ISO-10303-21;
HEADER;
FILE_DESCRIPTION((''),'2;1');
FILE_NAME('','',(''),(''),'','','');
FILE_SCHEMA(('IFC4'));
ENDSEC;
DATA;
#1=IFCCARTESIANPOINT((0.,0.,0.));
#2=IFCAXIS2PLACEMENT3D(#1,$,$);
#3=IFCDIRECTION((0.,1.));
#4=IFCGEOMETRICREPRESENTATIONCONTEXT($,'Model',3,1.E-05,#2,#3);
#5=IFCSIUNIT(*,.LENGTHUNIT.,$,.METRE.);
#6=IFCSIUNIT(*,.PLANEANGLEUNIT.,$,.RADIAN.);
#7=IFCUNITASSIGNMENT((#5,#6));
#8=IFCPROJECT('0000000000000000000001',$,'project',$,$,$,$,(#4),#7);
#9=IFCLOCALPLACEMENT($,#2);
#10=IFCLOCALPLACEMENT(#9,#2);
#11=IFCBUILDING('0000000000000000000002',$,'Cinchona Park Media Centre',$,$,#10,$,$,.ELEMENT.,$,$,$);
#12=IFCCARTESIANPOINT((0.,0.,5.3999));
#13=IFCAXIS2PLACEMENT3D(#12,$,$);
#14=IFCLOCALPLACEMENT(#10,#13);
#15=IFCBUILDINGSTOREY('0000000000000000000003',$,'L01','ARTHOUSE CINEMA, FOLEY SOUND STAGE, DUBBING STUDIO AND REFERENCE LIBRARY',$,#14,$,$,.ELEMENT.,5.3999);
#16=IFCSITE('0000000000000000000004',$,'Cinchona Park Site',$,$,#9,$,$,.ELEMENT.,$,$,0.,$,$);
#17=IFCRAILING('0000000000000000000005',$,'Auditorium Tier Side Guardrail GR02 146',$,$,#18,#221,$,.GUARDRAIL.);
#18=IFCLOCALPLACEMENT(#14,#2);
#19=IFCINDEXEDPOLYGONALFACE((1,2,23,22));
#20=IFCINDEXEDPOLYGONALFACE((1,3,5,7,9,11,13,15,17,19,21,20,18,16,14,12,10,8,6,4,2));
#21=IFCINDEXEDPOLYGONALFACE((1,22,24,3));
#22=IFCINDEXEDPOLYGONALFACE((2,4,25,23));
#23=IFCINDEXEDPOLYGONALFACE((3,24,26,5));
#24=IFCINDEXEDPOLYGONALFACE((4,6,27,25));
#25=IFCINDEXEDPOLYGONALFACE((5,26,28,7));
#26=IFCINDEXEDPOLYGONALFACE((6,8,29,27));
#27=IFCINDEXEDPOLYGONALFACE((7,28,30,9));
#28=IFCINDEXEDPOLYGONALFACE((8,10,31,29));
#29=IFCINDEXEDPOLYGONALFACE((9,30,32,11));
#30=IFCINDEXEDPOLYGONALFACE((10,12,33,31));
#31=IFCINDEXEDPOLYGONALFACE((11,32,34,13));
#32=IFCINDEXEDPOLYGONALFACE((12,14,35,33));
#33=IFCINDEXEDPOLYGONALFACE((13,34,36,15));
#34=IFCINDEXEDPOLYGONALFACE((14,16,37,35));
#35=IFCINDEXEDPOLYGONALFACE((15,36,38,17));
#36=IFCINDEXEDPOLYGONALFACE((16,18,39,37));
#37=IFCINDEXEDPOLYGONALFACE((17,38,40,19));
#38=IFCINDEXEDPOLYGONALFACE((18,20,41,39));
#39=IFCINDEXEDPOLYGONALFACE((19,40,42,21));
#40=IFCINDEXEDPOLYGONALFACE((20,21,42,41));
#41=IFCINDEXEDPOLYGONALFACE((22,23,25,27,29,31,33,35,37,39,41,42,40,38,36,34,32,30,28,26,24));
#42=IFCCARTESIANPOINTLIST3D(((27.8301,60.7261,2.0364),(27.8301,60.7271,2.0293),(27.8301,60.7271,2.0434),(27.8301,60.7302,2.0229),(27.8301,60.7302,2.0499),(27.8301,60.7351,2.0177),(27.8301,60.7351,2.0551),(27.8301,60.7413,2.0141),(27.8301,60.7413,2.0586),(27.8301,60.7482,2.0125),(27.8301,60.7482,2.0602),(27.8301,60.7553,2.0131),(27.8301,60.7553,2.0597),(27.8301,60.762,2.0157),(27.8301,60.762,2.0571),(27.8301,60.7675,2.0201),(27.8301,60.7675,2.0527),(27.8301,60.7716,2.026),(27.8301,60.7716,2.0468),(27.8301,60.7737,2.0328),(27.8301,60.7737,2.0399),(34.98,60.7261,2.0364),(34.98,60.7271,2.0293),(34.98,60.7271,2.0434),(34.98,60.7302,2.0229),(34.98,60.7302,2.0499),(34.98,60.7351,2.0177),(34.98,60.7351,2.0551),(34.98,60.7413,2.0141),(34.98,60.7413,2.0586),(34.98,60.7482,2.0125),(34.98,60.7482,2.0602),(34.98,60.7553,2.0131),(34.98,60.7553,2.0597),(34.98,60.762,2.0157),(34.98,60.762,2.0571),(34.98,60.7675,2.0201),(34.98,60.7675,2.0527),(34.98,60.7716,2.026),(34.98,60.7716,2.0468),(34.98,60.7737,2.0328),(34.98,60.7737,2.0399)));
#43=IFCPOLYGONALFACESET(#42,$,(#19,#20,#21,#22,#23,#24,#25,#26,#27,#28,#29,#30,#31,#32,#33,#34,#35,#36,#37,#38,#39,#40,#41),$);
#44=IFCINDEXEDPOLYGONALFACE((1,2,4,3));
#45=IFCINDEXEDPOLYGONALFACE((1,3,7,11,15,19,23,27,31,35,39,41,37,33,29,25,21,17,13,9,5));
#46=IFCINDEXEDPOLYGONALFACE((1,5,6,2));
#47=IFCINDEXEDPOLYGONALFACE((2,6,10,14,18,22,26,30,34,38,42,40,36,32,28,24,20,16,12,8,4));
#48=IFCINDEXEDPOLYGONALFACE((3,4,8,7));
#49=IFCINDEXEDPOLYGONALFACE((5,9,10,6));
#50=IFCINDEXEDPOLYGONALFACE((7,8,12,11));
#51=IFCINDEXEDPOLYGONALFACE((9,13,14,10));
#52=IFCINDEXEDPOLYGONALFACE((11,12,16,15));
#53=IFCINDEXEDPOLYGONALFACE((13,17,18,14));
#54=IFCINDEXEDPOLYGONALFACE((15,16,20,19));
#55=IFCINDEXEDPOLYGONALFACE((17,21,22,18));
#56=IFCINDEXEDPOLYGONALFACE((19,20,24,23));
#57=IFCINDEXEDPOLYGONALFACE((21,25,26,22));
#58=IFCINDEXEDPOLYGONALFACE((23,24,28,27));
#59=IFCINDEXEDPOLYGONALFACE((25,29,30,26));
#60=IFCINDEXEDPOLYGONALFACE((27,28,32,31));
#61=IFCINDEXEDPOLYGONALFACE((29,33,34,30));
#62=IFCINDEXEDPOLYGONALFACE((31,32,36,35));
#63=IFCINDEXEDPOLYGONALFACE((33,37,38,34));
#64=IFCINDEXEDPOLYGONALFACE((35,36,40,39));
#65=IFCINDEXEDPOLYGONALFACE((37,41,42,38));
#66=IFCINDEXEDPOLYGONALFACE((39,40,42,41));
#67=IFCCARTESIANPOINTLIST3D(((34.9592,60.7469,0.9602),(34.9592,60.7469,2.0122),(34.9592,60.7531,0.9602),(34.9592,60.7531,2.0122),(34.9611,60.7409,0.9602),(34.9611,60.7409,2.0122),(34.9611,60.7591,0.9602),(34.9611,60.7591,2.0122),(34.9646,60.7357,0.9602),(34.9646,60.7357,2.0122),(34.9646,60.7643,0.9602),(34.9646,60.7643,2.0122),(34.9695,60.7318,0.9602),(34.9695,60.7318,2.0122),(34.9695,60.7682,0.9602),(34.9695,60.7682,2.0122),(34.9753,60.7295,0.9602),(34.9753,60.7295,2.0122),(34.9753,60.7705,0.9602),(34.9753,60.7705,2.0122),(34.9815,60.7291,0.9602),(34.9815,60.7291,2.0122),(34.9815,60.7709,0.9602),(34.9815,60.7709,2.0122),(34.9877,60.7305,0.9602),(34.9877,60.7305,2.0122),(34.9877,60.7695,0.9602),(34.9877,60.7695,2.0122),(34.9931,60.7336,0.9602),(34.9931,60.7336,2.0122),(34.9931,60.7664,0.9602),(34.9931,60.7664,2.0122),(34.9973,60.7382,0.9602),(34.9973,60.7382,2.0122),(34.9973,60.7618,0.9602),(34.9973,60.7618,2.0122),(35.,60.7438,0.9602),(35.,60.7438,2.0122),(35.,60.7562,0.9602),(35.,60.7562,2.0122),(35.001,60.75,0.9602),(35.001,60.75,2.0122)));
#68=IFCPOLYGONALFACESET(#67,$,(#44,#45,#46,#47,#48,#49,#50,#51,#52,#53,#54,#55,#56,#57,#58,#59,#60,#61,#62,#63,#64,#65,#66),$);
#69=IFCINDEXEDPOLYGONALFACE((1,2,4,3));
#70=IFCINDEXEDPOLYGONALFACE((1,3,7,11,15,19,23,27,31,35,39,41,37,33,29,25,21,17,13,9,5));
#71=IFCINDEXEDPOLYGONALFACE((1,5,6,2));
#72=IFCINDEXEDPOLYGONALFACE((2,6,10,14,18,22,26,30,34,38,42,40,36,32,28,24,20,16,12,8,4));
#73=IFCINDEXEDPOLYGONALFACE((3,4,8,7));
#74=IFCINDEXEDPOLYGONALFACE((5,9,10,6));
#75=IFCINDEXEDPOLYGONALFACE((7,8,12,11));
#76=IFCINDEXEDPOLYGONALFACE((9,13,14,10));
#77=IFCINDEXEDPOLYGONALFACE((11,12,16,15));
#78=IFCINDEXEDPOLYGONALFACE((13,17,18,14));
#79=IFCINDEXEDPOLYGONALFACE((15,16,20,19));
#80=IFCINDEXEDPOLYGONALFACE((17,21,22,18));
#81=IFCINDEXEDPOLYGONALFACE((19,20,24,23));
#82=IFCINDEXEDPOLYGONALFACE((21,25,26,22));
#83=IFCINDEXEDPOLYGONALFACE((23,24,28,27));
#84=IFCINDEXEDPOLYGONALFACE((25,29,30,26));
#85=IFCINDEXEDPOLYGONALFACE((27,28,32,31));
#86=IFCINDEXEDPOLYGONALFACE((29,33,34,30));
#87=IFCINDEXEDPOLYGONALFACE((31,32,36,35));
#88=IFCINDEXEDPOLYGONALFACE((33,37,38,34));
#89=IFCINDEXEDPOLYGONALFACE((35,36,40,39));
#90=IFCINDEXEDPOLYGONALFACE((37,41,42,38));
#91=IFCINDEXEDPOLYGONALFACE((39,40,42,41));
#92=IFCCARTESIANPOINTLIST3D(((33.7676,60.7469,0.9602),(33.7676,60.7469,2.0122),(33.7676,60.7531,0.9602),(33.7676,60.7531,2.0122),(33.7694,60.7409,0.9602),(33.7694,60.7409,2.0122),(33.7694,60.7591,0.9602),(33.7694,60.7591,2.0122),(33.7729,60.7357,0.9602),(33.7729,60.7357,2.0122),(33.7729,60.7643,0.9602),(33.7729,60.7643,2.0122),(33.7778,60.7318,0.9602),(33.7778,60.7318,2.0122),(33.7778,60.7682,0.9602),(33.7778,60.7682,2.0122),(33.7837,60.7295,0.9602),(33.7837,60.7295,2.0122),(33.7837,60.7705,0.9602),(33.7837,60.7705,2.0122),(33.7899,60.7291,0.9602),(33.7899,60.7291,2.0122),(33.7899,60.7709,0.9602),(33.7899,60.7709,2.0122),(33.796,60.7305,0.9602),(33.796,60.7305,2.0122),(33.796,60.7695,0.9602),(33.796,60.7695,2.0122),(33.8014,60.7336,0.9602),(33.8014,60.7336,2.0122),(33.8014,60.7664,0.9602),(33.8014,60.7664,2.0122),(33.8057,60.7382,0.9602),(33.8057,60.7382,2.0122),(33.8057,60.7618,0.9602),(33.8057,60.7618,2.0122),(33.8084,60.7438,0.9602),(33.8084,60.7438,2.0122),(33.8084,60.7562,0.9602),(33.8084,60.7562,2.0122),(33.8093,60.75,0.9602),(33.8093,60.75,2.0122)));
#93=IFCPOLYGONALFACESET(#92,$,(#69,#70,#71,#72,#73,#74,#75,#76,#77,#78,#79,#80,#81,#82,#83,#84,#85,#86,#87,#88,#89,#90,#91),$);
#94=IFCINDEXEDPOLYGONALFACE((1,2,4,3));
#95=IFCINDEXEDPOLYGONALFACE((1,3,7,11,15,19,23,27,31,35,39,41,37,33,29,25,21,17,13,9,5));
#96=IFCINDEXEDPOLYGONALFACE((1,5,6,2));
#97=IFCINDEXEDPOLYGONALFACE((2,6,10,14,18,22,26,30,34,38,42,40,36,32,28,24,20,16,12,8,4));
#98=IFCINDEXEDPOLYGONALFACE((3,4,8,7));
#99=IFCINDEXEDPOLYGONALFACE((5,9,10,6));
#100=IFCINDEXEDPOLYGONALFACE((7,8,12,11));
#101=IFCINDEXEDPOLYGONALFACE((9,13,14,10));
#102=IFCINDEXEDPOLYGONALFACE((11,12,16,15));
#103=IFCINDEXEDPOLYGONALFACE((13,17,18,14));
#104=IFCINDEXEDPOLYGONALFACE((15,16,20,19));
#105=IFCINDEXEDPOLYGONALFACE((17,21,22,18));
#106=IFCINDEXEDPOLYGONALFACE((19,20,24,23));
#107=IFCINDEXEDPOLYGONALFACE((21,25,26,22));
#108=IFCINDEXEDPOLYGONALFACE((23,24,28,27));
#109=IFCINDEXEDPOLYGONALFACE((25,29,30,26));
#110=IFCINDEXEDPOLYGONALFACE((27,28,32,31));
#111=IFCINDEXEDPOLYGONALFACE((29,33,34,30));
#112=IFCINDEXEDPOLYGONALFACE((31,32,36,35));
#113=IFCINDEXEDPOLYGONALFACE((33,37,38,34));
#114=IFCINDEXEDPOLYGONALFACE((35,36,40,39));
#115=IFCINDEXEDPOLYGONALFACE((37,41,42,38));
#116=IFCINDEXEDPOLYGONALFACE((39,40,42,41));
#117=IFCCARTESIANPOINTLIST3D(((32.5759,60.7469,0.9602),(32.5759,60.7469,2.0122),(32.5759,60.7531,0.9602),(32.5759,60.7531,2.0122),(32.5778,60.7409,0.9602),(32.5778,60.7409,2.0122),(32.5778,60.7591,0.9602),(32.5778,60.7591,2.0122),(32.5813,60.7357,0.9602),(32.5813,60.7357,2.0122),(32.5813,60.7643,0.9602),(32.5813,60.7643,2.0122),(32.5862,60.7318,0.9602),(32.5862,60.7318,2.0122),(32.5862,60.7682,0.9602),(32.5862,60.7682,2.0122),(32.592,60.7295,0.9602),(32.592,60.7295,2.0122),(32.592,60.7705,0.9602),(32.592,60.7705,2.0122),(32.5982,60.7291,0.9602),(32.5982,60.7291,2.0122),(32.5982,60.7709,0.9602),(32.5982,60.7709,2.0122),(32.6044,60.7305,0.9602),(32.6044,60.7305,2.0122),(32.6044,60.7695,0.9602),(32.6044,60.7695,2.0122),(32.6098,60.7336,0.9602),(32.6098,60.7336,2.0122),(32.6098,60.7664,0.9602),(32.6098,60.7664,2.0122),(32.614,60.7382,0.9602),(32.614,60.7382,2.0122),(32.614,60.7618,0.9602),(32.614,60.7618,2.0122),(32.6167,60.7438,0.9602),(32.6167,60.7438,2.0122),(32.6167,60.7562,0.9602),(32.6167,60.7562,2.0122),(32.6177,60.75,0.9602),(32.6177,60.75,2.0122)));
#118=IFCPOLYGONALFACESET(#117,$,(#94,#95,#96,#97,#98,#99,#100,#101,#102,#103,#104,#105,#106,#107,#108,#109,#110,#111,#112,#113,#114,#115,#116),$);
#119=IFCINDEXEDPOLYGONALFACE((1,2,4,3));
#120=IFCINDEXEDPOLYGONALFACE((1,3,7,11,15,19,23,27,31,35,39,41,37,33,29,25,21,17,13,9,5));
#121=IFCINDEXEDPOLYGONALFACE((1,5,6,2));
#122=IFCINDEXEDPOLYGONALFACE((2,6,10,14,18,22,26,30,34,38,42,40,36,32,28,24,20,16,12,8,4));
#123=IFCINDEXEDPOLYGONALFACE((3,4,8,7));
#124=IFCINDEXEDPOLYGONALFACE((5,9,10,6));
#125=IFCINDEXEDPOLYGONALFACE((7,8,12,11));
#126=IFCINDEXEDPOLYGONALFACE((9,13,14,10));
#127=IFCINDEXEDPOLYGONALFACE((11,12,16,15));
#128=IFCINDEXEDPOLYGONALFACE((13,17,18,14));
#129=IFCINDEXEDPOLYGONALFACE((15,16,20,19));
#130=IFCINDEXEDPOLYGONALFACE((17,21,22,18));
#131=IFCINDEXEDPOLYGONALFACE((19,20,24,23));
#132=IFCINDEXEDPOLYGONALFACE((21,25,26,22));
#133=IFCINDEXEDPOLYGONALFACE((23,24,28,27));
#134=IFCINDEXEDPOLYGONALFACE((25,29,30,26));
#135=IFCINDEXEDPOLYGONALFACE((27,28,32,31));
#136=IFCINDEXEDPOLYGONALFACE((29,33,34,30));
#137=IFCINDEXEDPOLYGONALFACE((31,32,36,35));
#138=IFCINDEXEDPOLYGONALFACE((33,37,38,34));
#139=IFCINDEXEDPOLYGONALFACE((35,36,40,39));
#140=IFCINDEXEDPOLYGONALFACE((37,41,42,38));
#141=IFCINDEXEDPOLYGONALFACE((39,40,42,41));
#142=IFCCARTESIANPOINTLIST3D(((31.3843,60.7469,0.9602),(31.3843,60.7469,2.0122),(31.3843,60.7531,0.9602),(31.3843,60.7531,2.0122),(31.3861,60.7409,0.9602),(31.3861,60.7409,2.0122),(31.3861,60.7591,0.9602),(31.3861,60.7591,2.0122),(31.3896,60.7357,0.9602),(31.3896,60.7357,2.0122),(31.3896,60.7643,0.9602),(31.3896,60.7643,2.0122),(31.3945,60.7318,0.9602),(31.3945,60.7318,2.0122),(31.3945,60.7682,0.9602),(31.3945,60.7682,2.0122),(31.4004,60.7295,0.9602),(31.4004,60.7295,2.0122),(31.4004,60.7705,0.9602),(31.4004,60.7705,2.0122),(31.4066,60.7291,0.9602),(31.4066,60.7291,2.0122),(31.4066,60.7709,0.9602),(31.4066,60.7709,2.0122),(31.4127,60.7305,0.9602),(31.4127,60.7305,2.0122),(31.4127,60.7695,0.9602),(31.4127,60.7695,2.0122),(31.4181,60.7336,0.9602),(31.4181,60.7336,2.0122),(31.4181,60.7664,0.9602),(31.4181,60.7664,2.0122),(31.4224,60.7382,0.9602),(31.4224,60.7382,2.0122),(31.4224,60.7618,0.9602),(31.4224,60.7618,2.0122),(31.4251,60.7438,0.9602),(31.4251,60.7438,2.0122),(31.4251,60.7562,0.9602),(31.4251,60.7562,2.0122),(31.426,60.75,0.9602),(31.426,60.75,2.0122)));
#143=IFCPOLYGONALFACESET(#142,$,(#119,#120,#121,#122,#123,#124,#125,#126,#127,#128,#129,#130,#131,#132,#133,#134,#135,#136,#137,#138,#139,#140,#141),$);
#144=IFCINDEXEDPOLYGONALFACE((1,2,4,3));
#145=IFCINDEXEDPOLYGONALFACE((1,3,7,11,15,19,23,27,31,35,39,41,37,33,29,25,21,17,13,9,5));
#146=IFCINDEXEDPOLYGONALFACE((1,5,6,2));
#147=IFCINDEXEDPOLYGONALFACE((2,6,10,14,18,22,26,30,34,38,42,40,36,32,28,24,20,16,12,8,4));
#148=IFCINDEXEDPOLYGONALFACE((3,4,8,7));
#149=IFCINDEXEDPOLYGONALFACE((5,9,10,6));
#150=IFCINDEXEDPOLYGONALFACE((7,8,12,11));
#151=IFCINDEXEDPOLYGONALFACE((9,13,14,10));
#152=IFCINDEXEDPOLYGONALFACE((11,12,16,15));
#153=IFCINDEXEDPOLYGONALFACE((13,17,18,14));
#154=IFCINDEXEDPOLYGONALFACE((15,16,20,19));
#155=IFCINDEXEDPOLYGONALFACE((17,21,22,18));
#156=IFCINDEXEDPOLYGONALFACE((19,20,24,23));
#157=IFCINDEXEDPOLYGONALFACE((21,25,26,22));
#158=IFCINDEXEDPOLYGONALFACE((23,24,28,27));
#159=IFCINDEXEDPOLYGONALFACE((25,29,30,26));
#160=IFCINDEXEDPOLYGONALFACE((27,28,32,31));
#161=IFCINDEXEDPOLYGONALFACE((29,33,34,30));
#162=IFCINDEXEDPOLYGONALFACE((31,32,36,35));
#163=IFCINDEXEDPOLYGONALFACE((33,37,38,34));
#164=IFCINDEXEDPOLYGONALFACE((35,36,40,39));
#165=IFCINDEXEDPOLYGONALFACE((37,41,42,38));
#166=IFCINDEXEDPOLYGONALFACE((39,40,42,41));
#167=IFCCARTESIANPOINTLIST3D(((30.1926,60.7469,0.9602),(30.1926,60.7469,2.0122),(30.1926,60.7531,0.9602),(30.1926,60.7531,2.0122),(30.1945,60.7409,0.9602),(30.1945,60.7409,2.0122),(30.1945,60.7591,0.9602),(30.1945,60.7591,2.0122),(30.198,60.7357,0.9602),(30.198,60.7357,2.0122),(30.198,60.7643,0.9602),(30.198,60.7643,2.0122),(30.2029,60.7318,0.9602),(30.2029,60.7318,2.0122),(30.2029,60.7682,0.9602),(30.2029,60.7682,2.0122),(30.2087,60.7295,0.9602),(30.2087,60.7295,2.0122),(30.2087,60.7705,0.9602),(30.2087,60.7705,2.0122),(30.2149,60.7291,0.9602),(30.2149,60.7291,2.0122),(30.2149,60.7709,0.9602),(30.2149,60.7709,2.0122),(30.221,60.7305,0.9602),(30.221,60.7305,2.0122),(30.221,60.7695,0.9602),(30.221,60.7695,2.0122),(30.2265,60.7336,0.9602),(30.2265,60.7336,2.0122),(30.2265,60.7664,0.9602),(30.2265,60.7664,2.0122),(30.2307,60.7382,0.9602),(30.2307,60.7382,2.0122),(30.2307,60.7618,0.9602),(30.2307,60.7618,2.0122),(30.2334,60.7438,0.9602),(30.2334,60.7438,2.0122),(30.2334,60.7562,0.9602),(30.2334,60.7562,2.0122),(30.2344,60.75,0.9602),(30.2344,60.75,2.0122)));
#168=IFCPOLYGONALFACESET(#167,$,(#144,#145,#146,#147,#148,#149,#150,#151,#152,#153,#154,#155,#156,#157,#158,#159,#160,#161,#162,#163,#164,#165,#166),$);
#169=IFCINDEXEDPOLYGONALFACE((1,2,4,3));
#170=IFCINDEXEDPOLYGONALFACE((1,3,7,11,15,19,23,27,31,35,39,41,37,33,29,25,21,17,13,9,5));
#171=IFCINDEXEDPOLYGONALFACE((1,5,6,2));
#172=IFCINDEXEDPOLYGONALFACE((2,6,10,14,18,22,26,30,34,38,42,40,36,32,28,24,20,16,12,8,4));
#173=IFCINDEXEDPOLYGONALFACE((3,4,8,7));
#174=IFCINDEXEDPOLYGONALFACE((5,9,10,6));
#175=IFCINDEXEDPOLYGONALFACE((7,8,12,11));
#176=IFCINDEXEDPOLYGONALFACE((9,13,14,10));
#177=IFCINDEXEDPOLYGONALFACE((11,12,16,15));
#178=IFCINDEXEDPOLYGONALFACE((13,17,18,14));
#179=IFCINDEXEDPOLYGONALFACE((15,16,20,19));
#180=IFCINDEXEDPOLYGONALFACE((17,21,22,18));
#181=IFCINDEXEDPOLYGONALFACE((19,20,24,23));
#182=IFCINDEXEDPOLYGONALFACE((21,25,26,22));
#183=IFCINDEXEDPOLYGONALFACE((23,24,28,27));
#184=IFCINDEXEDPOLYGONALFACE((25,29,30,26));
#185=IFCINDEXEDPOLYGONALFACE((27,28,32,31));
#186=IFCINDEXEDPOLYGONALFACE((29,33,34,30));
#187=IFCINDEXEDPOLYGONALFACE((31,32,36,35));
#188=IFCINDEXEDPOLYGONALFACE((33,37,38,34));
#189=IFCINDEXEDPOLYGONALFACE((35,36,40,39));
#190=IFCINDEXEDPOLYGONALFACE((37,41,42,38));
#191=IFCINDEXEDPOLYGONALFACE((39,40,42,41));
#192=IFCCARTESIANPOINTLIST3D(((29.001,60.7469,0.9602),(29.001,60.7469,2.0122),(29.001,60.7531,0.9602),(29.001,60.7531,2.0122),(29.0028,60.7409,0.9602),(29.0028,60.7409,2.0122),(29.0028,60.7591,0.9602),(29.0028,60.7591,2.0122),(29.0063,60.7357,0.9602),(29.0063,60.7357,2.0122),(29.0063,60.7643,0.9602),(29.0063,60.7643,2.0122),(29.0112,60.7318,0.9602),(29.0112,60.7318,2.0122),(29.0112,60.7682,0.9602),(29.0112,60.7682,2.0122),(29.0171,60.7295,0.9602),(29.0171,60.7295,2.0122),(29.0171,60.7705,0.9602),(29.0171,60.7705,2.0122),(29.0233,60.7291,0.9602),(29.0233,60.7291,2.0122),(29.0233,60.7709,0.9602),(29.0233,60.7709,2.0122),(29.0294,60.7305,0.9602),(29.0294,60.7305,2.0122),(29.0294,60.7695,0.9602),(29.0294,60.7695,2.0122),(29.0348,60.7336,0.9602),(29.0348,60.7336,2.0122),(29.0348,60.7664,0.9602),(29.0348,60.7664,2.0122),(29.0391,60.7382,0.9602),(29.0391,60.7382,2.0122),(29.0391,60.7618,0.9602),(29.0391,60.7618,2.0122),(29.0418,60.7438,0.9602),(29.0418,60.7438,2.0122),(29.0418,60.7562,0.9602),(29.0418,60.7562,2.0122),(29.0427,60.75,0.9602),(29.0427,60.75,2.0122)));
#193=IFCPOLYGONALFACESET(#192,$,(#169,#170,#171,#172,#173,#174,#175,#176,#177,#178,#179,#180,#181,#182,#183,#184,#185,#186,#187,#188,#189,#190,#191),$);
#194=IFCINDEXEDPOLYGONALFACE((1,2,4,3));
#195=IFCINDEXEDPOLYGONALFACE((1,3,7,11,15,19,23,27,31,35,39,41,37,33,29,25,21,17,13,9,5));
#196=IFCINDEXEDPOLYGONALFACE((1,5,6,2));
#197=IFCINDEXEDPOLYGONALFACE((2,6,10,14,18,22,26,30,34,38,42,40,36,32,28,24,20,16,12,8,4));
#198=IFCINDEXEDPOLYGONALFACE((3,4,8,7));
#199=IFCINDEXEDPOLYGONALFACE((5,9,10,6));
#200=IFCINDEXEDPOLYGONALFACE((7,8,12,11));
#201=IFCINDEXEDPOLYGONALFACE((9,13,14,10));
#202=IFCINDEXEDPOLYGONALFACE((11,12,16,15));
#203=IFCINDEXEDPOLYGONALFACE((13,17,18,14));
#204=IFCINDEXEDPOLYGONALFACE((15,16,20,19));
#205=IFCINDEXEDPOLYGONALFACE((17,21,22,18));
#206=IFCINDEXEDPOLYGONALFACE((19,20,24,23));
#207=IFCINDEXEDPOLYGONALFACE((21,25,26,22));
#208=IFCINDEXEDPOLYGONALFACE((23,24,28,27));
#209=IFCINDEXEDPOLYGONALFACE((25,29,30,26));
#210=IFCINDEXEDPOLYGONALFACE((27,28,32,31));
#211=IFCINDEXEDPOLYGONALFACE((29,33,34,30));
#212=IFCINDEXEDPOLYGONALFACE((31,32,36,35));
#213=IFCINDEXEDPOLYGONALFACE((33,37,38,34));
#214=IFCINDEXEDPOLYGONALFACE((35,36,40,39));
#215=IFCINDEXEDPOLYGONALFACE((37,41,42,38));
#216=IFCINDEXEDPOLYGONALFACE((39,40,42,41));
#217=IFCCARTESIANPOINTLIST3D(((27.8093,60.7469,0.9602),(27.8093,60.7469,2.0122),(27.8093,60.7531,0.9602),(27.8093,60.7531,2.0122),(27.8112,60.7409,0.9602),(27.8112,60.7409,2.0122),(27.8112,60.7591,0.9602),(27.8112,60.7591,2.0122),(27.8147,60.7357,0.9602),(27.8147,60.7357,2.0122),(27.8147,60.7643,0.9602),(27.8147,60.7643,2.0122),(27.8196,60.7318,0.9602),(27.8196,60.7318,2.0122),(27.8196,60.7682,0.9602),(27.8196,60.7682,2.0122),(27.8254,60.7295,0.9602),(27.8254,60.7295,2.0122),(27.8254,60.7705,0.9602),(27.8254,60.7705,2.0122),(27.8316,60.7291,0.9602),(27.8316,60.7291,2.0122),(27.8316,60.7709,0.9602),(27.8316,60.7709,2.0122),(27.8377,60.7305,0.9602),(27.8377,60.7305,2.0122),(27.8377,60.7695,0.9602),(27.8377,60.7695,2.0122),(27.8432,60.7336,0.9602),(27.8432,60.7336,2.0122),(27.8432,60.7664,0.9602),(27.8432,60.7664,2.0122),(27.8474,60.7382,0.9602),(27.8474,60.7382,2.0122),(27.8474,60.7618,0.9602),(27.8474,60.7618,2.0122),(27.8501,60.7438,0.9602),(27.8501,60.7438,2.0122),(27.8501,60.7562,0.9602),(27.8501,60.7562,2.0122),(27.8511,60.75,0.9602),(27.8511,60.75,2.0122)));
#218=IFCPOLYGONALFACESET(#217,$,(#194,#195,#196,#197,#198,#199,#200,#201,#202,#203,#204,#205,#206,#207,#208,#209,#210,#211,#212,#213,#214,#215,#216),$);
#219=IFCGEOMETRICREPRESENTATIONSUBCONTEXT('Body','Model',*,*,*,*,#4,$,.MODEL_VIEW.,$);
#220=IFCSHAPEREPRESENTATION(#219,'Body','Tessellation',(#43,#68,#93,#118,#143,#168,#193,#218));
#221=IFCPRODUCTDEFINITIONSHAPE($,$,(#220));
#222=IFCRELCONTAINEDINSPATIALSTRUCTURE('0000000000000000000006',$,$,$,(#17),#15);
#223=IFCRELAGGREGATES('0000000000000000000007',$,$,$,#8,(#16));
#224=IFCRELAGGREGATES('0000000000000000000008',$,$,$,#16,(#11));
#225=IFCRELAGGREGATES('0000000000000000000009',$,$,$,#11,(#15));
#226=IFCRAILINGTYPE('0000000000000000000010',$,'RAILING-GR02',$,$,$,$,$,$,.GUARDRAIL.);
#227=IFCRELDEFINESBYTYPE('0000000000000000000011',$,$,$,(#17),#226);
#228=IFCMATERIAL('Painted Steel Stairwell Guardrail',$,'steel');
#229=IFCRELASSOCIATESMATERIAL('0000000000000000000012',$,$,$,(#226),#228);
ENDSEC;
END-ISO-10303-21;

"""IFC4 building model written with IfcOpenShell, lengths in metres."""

from ifc_helpers import new_model, si_unit, direction, frame, origin, origin_2d, place, context, subcontext, project, spatial, circle, extrude, material, type_object, element, save


model = new_model("IFC4")

# Units and contexts
model_context = context("Model", 3, precision=1e-05, world=origin(), true_north=direction((0.0, 1.0)))
body_context = subcontext(model_context, "Body", "Model", "MODEL_VIEW")
ifc_project = project(units=[si_unit("LENGTHUNIT", "METRE"), si_unit("PLANEANGLEUNIT", "RADIAN")], contexts=[model_context])

# Site, building, storey
site_placement = place(None, origin())
site = spatial("IfcSite", under=ifc_project, at=site_placement, Name="Cinchona Park Site", CompositionType="ELEMENT", RefElevation=0.0)
building_placement = place(site_placement, origin())
building = spatial("IfcBuilding", under=site, at=building_placement, Name="Cinchona Park Media Centre", CompositionType="ELEMENT")
storey_placement = place(building_placement, frame((0.0, 0.0, 5.3999)))
storey = spatial("IfcBuildingStorey", under=building, at=storey_placement, Name="L01", Description="ARTHOUSE CINEMA, FOLEY SOUND STAGE, DUBBING STUDIO AND REFERENCE LIBRARY", CompositionType="ELEMENT", Elevation=5.3999)

# Railing
ifc_material_1 = material(Name="Painted Steel Stairwell Guardrail", Category="steel")
railing_type_1 = type_object("IfcRailingType", Name="RAILING-GR02", PredefinedType="GUARDRAIL", material=ifc_material_1)
railing_1_placement = place(storey_placement, frame((34.98, 60.75, 0.9602)))
element("IfcRailing", 1, at=railing_1_placement, inside=storey, type_object=railing_type_1, Name="Auditorium Tier Side Guardrail GR02 146", PredefinedType="GUARDRAIL", context=body_context, shape_type="SweptSolid", body=[
    extrude(circle(Radius=0.0239, at=origin_2d()), frame((0.0, 0.0, 1.0762), z_axis=(-1.0, 0.0, 0.0), x_axis=(0.0, -1.0, 0.0)), (0.0, 0.0, 1.0), 7.1499),
    extrude(circle(Radius=0.021, at=origin_2d()), origin(), (0.0, 0.0, 1.0), 1.052),
    extrude(circle(Radius=0.021, at=origin_2d()), frame((-1.1917, 0.0, 0.0)), (0.0, 0.0, 1.0), 1.052),
    extrude(circle(Radius=0.021, at=origin_2d()), frame((-2.3833, 0.0, 0.0)), (0.0, 0.0, 1.0), 1.052),
    extrude(circle(Radius=0.021, at=origin_2d()), frame((-3.575, 0.0, 0.0)), (0.0, 0.0, 1.0), 1.052),
    extrude(circle(Radius=0.021, at=origin_2d()), frame((-4.7666, 0.0, 0.0)), (0.0, 0.0, 1.0), 1.052),
    extrude(circle(Radius=0.021, at=origin_2d()), frame((-5.9583, 0.0, 0.0)), (0.0, 0.0, 1.0), 1.052),
    extrude(circle(Radius=0.021, at=origin_2d()), frame((-7.1499, 0.0, 0.0)), (0.0, 0.0, 1.0), 1.052),
])

save(model, "model.ifc")
